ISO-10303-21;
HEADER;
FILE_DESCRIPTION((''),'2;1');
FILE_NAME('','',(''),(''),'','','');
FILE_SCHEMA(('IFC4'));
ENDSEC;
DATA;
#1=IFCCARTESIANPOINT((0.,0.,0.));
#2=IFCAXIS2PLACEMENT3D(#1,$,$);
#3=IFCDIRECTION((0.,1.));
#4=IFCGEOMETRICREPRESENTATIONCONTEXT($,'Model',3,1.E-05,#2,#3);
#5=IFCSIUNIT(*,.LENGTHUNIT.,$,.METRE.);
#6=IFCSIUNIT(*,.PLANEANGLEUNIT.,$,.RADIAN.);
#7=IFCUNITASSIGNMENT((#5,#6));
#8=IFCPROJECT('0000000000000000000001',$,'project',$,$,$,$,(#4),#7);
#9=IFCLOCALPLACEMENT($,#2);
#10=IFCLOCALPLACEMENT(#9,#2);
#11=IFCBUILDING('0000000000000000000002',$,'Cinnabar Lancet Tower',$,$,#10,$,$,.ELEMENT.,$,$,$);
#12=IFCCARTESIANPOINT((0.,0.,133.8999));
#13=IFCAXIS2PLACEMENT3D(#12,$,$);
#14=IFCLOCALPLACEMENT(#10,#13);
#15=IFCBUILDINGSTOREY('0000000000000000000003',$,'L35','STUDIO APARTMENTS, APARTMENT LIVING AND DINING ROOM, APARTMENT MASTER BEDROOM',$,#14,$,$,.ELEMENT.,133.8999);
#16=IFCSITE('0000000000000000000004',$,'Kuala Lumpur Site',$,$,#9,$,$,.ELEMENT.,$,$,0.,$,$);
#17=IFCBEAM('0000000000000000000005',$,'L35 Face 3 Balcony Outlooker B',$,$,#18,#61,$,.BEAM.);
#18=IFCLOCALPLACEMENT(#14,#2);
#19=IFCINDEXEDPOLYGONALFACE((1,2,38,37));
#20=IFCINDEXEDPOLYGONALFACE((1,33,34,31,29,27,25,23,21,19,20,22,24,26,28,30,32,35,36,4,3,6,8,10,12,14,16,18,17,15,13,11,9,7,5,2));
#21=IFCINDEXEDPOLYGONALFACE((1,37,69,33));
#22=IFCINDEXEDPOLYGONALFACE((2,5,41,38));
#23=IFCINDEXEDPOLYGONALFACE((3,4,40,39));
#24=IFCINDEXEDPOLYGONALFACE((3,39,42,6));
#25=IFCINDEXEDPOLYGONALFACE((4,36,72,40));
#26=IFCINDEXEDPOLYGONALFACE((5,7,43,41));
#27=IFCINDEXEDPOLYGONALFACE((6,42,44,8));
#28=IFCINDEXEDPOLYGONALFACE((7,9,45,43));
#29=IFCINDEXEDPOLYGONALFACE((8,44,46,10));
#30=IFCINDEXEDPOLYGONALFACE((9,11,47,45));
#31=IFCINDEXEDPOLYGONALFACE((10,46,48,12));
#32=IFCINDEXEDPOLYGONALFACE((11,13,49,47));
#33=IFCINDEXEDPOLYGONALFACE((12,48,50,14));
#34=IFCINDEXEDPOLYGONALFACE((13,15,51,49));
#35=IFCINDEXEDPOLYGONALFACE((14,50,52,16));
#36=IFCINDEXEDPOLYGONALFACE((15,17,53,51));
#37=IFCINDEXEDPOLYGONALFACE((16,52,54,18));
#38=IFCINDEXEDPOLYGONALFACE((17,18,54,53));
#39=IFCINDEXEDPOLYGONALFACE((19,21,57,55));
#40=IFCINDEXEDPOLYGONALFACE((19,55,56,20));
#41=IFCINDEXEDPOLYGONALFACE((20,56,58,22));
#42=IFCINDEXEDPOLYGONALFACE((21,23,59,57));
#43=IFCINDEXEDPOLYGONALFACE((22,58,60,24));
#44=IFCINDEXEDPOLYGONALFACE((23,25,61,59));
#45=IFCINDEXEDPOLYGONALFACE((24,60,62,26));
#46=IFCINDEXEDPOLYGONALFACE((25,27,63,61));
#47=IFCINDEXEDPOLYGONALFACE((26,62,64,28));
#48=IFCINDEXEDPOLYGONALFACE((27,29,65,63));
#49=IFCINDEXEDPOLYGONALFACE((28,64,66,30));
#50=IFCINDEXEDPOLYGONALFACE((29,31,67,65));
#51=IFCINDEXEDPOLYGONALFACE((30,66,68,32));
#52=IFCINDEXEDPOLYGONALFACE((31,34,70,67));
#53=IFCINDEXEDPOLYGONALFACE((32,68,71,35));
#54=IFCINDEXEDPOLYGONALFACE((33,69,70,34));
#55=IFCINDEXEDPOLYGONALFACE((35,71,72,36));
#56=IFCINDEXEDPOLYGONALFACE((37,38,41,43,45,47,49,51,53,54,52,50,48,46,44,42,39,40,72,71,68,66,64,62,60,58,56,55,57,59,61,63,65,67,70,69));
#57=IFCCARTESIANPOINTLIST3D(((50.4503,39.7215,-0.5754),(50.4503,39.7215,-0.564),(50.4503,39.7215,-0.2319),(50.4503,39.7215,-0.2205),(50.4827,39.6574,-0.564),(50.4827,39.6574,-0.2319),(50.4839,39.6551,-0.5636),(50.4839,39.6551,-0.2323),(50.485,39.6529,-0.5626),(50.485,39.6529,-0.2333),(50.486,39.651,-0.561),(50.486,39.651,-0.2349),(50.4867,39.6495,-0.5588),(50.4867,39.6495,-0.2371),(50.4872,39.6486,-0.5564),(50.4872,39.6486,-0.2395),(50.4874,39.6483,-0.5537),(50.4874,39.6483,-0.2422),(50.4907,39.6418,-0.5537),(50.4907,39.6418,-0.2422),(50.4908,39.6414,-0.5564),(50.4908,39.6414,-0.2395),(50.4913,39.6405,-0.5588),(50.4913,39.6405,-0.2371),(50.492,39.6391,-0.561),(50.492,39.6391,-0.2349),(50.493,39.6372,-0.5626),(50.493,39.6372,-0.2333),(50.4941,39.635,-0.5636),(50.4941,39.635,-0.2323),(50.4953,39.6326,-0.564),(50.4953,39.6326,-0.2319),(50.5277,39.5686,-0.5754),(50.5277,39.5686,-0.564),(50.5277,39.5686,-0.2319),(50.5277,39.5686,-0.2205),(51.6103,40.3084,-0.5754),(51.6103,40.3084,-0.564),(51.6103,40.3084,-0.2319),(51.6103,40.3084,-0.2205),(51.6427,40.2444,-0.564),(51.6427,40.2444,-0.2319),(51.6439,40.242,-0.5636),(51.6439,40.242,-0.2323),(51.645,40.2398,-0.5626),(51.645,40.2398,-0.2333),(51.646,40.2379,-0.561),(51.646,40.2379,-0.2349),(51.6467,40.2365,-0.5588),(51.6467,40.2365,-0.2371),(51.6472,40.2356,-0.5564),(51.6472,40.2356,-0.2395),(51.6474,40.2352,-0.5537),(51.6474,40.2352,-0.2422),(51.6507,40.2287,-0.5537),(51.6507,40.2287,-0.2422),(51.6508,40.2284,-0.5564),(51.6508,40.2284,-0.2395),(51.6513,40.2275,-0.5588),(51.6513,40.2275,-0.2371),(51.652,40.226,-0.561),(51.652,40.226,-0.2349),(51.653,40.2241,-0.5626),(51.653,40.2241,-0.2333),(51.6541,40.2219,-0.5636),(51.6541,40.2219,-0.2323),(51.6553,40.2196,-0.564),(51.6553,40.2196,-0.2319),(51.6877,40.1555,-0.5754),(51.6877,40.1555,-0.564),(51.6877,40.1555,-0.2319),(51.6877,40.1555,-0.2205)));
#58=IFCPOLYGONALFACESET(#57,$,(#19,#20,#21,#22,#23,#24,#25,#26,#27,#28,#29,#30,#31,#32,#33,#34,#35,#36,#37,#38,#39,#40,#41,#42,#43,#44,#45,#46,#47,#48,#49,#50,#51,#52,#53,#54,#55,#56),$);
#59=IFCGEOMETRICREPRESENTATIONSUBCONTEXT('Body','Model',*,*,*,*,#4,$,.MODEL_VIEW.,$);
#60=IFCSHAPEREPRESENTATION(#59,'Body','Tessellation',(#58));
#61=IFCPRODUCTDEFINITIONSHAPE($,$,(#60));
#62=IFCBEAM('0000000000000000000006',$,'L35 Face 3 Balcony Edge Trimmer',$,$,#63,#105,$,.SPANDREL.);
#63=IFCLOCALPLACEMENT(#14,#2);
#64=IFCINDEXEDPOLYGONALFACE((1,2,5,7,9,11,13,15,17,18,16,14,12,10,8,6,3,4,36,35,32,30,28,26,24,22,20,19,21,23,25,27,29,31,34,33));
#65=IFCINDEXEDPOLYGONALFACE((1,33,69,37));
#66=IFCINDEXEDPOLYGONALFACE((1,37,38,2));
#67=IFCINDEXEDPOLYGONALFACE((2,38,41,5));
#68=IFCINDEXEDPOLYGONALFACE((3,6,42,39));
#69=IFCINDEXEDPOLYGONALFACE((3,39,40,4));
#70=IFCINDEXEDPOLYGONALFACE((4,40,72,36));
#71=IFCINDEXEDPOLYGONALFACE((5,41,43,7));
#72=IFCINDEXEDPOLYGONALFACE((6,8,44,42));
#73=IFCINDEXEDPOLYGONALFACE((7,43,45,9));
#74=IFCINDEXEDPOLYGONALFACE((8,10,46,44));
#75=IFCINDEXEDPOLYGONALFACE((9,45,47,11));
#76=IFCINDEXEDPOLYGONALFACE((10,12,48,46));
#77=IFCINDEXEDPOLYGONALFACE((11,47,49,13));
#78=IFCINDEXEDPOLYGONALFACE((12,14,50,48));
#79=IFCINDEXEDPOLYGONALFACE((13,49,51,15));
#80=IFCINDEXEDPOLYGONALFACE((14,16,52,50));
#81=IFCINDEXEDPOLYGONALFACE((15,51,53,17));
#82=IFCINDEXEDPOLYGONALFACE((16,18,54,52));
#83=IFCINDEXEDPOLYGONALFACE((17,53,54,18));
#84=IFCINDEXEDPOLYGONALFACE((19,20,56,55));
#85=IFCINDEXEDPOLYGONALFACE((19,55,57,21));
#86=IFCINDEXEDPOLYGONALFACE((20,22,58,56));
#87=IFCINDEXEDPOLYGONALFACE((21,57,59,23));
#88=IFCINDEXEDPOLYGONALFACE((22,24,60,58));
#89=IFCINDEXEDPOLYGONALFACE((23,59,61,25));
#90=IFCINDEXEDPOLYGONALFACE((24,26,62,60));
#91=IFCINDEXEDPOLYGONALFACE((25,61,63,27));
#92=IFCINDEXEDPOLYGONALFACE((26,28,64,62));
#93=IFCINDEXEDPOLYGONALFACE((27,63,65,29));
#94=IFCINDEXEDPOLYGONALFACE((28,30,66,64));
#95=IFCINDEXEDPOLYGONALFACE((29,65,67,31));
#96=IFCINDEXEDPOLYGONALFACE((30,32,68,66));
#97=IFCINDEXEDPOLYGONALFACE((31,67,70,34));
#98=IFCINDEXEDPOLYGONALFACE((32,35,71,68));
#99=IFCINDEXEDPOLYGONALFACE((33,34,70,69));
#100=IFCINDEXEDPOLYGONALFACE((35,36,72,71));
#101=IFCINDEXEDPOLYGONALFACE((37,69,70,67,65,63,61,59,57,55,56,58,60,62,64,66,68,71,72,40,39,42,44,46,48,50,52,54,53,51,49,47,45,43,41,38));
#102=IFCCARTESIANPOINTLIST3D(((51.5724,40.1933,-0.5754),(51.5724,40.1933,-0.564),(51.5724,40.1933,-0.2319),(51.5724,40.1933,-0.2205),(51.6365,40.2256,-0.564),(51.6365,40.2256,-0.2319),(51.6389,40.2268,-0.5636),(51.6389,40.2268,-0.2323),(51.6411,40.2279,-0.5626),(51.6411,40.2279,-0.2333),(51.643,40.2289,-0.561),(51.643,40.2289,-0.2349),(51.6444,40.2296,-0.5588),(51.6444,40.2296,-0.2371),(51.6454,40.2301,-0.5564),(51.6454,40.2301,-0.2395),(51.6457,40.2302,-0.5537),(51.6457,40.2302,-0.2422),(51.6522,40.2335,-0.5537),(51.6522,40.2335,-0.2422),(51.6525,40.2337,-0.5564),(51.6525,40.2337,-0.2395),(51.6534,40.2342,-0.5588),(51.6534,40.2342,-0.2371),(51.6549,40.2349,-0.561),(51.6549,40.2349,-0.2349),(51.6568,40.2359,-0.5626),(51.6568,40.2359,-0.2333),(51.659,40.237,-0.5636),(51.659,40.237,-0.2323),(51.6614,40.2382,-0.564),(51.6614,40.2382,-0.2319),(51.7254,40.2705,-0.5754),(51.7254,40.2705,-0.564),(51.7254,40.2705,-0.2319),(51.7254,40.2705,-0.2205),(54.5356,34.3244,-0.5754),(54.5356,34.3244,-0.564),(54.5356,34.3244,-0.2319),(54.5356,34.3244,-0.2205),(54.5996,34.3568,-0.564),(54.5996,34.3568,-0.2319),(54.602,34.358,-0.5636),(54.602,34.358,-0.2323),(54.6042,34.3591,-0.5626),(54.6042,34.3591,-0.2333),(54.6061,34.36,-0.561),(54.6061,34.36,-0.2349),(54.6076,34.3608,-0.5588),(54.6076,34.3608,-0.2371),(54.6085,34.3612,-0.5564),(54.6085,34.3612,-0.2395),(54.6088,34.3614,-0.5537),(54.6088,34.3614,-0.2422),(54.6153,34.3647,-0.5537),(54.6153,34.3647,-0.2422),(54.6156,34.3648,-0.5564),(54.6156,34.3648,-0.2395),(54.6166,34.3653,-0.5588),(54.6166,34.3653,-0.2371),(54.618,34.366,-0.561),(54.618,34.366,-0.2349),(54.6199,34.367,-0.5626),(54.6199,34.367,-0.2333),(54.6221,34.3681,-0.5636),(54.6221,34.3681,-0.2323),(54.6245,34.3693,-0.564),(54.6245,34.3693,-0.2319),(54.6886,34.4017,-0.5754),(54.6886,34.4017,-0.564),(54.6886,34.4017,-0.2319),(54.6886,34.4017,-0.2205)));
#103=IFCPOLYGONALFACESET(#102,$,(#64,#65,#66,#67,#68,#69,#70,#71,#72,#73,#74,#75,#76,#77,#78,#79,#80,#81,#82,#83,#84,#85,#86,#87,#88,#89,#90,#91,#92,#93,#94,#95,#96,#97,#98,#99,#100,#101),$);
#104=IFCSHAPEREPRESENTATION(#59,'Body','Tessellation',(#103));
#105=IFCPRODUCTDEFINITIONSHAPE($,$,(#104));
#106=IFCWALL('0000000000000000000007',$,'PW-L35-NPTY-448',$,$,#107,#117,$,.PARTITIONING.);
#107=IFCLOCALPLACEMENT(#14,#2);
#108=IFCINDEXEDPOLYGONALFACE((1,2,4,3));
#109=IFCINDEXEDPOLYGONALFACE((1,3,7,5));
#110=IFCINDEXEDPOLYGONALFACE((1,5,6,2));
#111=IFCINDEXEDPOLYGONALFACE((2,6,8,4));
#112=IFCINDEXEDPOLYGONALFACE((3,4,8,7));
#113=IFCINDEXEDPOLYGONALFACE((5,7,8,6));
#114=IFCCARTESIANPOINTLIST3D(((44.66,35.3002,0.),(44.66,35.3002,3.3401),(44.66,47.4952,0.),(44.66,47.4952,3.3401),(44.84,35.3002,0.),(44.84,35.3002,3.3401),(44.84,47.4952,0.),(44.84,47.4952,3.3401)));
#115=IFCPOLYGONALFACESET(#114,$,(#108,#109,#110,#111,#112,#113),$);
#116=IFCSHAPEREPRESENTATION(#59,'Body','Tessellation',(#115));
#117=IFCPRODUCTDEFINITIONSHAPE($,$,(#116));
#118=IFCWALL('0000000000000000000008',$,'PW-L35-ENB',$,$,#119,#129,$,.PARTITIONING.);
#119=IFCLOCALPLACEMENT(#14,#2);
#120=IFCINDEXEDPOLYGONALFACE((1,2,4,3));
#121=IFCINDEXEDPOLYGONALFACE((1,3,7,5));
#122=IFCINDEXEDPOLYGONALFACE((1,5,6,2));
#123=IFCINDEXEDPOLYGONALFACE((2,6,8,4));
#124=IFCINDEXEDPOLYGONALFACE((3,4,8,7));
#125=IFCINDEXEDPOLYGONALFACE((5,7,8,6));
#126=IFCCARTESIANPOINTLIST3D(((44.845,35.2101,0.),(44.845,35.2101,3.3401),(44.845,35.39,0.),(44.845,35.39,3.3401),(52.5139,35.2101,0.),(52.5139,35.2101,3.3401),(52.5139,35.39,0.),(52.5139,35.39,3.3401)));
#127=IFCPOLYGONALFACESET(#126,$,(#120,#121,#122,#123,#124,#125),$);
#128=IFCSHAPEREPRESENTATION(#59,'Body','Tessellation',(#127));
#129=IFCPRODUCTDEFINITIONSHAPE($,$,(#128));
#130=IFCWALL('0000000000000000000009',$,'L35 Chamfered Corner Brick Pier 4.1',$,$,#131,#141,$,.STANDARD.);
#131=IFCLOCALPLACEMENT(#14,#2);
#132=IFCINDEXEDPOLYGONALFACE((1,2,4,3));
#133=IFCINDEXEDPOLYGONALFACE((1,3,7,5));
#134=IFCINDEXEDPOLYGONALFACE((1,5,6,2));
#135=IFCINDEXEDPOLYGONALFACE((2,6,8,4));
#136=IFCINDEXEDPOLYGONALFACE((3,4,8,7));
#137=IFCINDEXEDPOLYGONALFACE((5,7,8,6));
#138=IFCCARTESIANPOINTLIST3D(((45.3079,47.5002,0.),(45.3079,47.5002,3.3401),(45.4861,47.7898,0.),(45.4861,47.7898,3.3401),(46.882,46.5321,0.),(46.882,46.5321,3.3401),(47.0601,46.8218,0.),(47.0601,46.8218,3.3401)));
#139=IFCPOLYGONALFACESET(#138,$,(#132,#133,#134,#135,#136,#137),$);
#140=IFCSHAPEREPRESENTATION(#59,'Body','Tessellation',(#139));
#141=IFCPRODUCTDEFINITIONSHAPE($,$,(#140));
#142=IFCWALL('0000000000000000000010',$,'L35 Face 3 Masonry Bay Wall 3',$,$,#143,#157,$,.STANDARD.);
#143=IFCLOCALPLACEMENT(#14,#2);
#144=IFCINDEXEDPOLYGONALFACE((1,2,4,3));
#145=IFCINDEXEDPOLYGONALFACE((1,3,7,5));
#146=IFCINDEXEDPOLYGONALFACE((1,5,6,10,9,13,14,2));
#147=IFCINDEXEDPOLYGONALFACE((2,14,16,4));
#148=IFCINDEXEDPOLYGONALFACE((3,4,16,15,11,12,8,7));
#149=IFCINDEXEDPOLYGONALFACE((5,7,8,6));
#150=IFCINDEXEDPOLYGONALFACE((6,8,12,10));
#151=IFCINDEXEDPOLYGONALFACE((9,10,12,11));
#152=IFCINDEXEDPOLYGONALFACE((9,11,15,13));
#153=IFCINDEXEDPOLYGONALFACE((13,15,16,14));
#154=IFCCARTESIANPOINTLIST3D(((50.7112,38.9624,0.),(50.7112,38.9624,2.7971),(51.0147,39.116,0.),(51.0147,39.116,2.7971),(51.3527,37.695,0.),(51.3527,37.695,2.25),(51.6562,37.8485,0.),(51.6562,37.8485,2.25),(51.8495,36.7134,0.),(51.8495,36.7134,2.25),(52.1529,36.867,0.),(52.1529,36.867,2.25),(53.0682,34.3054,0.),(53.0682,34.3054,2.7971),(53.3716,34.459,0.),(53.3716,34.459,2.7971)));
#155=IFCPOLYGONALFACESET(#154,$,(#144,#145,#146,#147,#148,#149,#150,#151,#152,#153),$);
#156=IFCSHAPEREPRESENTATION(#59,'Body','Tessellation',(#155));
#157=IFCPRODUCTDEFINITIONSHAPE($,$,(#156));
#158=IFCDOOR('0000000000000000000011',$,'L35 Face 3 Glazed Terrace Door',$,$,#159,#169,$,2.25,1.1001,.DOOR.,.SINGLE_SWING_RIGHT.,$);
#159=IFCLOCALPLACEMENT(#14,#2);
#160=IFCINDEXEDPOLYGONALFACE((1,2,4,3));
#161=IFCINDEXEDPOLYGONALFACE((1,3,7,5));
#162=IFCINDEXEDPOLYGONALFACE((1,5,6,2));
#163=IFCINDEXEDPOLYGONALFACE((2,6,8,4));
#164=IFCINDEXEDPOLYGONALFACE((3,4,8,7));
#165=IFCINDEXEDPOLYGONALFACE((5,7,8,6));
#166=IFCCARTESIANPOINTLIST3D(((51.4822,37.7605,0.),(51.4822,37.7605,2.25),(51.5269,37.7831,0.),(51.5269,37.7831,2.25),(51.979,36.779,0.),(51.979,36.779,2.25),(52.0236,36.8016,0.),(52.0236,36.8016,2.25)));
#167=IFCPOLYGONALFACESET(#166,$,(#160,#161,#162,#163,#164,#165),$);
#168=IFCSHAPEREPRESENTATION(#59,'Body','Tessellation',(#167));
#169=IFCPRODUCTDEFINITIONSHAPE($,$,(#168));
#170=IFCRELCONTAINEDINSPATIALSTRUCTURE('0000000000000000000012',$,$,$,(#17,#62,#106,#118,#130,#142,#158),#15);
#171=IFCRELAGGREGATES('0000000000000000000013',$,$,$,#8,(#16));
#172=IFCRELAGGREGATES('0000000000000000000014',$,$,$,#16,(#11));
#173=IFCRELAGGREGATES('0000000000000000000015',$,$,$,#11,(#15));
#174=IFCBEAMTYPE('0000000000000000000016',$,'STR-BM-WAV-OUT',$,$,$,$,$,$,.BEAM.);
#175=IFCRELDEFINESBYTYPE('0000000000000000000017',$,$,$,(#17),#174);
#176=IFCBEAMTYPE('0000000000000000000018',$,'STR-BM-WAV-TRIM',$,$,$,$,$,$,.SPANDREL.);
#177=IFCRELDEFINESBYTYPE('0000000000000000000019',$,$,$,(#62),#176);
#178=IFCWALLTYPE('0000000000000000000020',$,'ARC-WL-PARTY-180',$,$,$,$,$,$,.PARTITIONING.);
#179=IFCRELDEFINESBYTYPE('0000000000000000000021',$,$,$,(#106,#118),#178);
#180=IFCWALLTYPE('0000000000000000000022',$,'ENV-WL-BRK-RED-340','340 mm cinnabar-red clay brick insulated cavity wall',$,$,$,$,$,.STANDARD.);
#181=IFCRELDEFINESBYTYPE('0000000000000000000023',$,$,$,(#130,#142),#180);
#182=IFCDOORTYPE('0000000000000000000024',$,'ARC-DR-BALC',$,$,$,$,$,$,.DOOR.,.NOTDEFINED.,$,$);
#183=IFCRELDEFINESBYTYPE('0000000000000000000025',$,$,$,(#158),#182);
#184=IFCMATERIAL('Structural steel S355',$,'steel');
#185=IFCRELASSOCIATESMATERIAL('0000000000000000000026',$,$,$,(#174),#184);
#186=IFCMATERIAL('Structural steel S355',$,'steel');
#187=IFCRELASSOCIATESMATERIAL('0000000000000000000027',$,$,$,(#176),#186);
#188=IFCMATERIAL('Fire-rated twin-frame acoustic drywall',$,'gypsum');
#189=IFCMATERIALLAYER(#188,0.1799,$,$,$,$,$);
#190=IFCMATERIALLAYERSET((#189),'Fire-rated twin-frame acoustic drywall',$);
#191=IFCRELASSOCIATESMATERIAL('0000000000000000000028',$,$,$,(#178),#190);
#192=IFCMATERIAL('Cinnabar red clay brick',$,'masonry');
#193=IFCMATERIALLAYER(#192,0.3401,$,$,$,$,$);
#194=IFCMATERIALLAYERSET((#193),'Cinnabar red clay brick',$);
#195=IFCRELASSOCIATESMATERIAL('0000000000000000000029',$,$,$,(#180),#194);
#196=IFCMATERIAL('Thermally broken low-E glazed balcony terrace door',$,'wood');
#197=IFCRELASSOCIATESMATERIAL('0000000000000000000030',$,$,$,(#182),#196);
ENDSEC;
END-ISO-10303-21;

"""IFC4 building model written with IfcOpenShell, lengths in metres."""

from ifc_helpers import new_model, si_unit, direction, frame, frame_2d, origin, origin_2d, place, context, subcontext, project, spatial, rectangle, i_section, extrude, material, layer, layer_set, material_profile, profile_set, type_object, element, fill, save


model = new_model("IFC4")

# Units and contexts
model_context = context("Model", 3, precision=1e-05, world=origin(), true_north=direction((0.0, 1.0)))
body_context = subcontext(model_context, "Body", "Model", "MODEL_VIEW")
ifc_project = project(units=[si_unit("LENGTHUNIT", "METRE"), si_unit("PLANEANGLEUNIT", "RADIAN")], contexts=[model_context])

# Site, building, storey
site_placement = place(None, origin())
site = spatial("IfcSite", under=ifc_project, at=site_placement, Name="Kuala Lumpur Site", CompositionType="ELEMENT", RefElevation=0.0)
building_placement = place(site_placement, origin())
building = spatial("IfcBuilding", under=site, at=building_placement, Name="Cinnabar Lancet Tower", CompositionType="ELEMENT")
storey_placement = place(building_placement, frame((0.0, 0.0, 133.8999)))
storey = spatial("IfcBuildingStorey", under=building, at=storey_placement, Name="L35", Description="STUDIO APARTMENTS, APARTMENT LIVING AND DINING ROOM, APARTMENT MASTER BEDROOM", CompositionType="ELEMENT", Elevation=133.8999)

# Beams
ifc_material_1 = material(Name="Structural steel S355", Category="steel")
ifc_material_profile_1 = material_profile(ifc_material_1, i_section(OverallWidth=0.1714, OverallDepth=0.355, WebThickness=0.0073, FlangeThickness=0.0115, FilletRadius=0.0103, at=origin_2d()), Name="UKB 356x171x51")
ifc_profile_set_1 = profile_set([ifc_material_profile_1], Name="Structural steel S355")
beam_type_1 = type_object("IfcBeamType", Name="STR-BM-WAV-OUT", PredefinedType="BEAM", material=ifc_profile_set_1)
beam_1_placement = place(storey_placement, frame((50.489, 39.645, -0.3979), z_axis=(0.892276, 0.45149, 0.0), x_axis=(-0.45149, 0.892276, 0.0)))
element("IfcBeam", 1, at=beam_1_placement, inside=storey, type_object=beam_type_1, Name="L35 Face 3 Balcony Outlooker B", PredefinedType="BEAM", context=body_context, shape_type="SweptSolid", body=[
    extrude(i_section(OverallWidth=0.1714, OverallDepth=0.355, WebThickness=0.0073, FlangeThickness=0.0115, FilletRadius=0.0103, at=origin_2d()), origin(), (0.0, 0.0, 1.0), 1.3),
])
ifc_material_2 = material(Name="Structural steel S355", Category="steel")
ifc_material_profile_2 = material_profile(ifc_material_2, i_section(OverallWidth=0.1714, OverallDepth=0.355, WebThickness=0.0073, FlangeThickness=0.0115, FilletRadius=0.0103, at=origin_2d()), Name="UKB 356x171x51")
ifc_profile_set_2 = profile_set([ifc_material_profile_2], Name="Structural steel S355")
beam_type_2 = type_object("IfcBeamType", Name="STR-BM-WAV-TRIM", PredefinedType="SPANDREL", material=ifc_profile_set_2)
beam_2_placement = place(storey_placement, frame((54.6121, 34.363, -0.3979), z_axis=(-0.450701, 0.892675, 0.0), x_axis=(-0.892675, -0.450701, 0.0)))
element("IfcBeam", 2, at=beam_2_placement, inside=storey, type_object=beam_type_2, Name="L35 Face 3 Balcony Edge Trimmer", PredefinedType="SPANDREL", context=body_context, shape_type="SweptSolid", body=[
    extrude(i_section(OverallWidth=0.1714, OverallDepth=0.355, WebThickness=0.0073, FlangeThickness=0.0115, FilletRadius=0.0103, at=origin_2d()), origin(), (0.0, 0.0, 1.0), 6.5745),
])

# Walls
ifc_material_3 = material(Name="Fire-rated twin-frame acoustic drywall", Category="gypsum")
ifc_layer_1 = layer(ifc_material_3, 0.1799)
ifc_layer_set_1 = layer_set([ifc_layer_1], Name="Fire-rated twin-frame acoustic drywall")
wall_type_1 = type_object("IfcWallType", Name="ARC-WL-PARTY-180", PredefinedType="PARTITIONING", material=ifc_layer_set_1)
wall_1_placement = place(storey_placement, frame((44.75, 35.3, 0.0), z_axis=(0.0, 0.0, 1.0), x_axis=(0.0, 1.0, 0.0)))
element("IfcWall", 3, at=wall_1_placement, inside=storey, type_object=wall_type_1, Name="PW-L35-NPTY-448", PredefinedType="PARTITIONING", context=body_context, shape_type="SweptSolid", body=[
    extrude(rectangle(XDim=12.1951, YDim=0.1799, at=frame_2d((6.0977, 0.0))), origin(), (0.0, 0.0, 1.0), 3.3401),
])
wall_2_placement = place(storey_placement, frame((44.845, 35.3, 0.0), z_axis=(0.0, 0.0, 1.0), x_axis=(1.0, 0.0, 0.0)))
element("IfcWall", 4, at=wall_2_placement, inside=storey, type_object=wall_type_1, Name="PW-L35-ENB", PredefinedType="PARTITIONING", context=body_context, shape_type="SweptSolid", body=[
    extrude(rectangle(XDim=7.6689, YDim=0.1799, at=frame_2d((3.8345, 0.0))), origin(), (0.0, 0.0, 1.0), 3.3401),
])
ifc_material_4 = material(Name="Cinnabar red clay brick", Category="masonry")
ifc_layer_2 = layer(ifc_material_4, 0.3401)
ifc_layer_set_2 = layer_set([ifc_layer_2], Name="Cinnabar red clay brick")
wall_type_2 = type_object("IfcWallType", Name="ENV-WL-BRK-RED-340", Description="340 mm cinnabar-red clay brick insulated cavity wall", PredefinedType="STANDARD", material=ifc_layer_set_2)
wall_3_placement = place(storey_placement, frame((46.9709, 46.677, 0.0), z_axis=(0.0, 0.0, 1.0), x_axis=(-0.851799, 0.523869, 0.0)))
element("IfcWall", 5, at=wall_3_placement, inside=storey, type_object=wall_type_2, Name="L35 Chamfered Corner Brick Pier 4.1", PredefinedType="STANDARD", context=body_context, shape_type="SweptSolid", body=[
    extrude(rectangle(XDim=1.8479, YDim=0.3401, at=frame_2d((0.9238, 0.0))), origin(), (0.0, 0.0, 1.0), 3.3401),
])

# Wall, opening, door
wall_4_placement = place(storey_placement, frame((53.22, 34.3821, 0.0), z_axis=(0.0, 0.0, 1.0), x_axis=(-0.451568, 0.892237, 0.0)))
wall_4 = element("IfcWall", 6, at=wall_4_placement, inside=storey, type_object=wall_type_2, Name="L35 Face 3 Masonry Bay Wall 3", PredefinedType="STANDARD", context=body_context, shape_type="SweptSolid", body=[
    extrude(rectangle(XDim=5.2195, YDim=0.3401, at=frame_2d((2.6099, 0.0))), origin(), (0.0, 0.0, 1.0), 2.7971),
])
opening_1_placement = place(wall_4_placement, frame((2.699, 0.0, 0.0)))
opening_1 = element("IfcOpeningElement", 7, at=opening_1_placement, cuts=wall_4, PredefinedType="OPENING", context=body_context, shape_type="SweptSolid", body=[
    extrude(rectangle(XDim=1.1001, YDim=2.25, at=frame_2d((0.55, 1.125))), frame((0.0, 0.1799, 0.0), z_axis=(0.0, -1.0, 0.0), x_axis=(1.0, 0.0, 0.0)), (0.0, 0.0, 1.0), 0.3601),
])
ifc_material_5 = material(Name="Thermally broken low-E glazed balcony terrace door", Category="wood")
door_type = type_object("IfcDoorType", Name="ARC-DR-BALC", OperationType="NOTDEFINED", PredefinedType="DOOR", material=ifc_material_5)
door_placement = place(opening_1_placement, origin())
door = element("IfcDoor", 8, at=door_placement, inside=storey, type_object=door_type, Name="L35 Face 3 Glazed Terrace Door", OperationType="SINGLE_SWING_RIGHT", OverallHeight=2.25, OverallWidth=1.1001, PredefinedType="DOOR", context=body_context, shape_type="SweptSolid", body=[
    extrude(rectangle(XDim=1.1001, YDim=2.25, at=frame_2d((0.55, 1.125))), frame((0.0, 0.0249, 0.0), z_axis=(0.0, -1.0, 0.0), x_axis=(1.0, 0.0, 0.0)), (0.0, 0.0, 1.0), 0.05),
])
fill(opening_1, door)

save(model, "model.ifc")
